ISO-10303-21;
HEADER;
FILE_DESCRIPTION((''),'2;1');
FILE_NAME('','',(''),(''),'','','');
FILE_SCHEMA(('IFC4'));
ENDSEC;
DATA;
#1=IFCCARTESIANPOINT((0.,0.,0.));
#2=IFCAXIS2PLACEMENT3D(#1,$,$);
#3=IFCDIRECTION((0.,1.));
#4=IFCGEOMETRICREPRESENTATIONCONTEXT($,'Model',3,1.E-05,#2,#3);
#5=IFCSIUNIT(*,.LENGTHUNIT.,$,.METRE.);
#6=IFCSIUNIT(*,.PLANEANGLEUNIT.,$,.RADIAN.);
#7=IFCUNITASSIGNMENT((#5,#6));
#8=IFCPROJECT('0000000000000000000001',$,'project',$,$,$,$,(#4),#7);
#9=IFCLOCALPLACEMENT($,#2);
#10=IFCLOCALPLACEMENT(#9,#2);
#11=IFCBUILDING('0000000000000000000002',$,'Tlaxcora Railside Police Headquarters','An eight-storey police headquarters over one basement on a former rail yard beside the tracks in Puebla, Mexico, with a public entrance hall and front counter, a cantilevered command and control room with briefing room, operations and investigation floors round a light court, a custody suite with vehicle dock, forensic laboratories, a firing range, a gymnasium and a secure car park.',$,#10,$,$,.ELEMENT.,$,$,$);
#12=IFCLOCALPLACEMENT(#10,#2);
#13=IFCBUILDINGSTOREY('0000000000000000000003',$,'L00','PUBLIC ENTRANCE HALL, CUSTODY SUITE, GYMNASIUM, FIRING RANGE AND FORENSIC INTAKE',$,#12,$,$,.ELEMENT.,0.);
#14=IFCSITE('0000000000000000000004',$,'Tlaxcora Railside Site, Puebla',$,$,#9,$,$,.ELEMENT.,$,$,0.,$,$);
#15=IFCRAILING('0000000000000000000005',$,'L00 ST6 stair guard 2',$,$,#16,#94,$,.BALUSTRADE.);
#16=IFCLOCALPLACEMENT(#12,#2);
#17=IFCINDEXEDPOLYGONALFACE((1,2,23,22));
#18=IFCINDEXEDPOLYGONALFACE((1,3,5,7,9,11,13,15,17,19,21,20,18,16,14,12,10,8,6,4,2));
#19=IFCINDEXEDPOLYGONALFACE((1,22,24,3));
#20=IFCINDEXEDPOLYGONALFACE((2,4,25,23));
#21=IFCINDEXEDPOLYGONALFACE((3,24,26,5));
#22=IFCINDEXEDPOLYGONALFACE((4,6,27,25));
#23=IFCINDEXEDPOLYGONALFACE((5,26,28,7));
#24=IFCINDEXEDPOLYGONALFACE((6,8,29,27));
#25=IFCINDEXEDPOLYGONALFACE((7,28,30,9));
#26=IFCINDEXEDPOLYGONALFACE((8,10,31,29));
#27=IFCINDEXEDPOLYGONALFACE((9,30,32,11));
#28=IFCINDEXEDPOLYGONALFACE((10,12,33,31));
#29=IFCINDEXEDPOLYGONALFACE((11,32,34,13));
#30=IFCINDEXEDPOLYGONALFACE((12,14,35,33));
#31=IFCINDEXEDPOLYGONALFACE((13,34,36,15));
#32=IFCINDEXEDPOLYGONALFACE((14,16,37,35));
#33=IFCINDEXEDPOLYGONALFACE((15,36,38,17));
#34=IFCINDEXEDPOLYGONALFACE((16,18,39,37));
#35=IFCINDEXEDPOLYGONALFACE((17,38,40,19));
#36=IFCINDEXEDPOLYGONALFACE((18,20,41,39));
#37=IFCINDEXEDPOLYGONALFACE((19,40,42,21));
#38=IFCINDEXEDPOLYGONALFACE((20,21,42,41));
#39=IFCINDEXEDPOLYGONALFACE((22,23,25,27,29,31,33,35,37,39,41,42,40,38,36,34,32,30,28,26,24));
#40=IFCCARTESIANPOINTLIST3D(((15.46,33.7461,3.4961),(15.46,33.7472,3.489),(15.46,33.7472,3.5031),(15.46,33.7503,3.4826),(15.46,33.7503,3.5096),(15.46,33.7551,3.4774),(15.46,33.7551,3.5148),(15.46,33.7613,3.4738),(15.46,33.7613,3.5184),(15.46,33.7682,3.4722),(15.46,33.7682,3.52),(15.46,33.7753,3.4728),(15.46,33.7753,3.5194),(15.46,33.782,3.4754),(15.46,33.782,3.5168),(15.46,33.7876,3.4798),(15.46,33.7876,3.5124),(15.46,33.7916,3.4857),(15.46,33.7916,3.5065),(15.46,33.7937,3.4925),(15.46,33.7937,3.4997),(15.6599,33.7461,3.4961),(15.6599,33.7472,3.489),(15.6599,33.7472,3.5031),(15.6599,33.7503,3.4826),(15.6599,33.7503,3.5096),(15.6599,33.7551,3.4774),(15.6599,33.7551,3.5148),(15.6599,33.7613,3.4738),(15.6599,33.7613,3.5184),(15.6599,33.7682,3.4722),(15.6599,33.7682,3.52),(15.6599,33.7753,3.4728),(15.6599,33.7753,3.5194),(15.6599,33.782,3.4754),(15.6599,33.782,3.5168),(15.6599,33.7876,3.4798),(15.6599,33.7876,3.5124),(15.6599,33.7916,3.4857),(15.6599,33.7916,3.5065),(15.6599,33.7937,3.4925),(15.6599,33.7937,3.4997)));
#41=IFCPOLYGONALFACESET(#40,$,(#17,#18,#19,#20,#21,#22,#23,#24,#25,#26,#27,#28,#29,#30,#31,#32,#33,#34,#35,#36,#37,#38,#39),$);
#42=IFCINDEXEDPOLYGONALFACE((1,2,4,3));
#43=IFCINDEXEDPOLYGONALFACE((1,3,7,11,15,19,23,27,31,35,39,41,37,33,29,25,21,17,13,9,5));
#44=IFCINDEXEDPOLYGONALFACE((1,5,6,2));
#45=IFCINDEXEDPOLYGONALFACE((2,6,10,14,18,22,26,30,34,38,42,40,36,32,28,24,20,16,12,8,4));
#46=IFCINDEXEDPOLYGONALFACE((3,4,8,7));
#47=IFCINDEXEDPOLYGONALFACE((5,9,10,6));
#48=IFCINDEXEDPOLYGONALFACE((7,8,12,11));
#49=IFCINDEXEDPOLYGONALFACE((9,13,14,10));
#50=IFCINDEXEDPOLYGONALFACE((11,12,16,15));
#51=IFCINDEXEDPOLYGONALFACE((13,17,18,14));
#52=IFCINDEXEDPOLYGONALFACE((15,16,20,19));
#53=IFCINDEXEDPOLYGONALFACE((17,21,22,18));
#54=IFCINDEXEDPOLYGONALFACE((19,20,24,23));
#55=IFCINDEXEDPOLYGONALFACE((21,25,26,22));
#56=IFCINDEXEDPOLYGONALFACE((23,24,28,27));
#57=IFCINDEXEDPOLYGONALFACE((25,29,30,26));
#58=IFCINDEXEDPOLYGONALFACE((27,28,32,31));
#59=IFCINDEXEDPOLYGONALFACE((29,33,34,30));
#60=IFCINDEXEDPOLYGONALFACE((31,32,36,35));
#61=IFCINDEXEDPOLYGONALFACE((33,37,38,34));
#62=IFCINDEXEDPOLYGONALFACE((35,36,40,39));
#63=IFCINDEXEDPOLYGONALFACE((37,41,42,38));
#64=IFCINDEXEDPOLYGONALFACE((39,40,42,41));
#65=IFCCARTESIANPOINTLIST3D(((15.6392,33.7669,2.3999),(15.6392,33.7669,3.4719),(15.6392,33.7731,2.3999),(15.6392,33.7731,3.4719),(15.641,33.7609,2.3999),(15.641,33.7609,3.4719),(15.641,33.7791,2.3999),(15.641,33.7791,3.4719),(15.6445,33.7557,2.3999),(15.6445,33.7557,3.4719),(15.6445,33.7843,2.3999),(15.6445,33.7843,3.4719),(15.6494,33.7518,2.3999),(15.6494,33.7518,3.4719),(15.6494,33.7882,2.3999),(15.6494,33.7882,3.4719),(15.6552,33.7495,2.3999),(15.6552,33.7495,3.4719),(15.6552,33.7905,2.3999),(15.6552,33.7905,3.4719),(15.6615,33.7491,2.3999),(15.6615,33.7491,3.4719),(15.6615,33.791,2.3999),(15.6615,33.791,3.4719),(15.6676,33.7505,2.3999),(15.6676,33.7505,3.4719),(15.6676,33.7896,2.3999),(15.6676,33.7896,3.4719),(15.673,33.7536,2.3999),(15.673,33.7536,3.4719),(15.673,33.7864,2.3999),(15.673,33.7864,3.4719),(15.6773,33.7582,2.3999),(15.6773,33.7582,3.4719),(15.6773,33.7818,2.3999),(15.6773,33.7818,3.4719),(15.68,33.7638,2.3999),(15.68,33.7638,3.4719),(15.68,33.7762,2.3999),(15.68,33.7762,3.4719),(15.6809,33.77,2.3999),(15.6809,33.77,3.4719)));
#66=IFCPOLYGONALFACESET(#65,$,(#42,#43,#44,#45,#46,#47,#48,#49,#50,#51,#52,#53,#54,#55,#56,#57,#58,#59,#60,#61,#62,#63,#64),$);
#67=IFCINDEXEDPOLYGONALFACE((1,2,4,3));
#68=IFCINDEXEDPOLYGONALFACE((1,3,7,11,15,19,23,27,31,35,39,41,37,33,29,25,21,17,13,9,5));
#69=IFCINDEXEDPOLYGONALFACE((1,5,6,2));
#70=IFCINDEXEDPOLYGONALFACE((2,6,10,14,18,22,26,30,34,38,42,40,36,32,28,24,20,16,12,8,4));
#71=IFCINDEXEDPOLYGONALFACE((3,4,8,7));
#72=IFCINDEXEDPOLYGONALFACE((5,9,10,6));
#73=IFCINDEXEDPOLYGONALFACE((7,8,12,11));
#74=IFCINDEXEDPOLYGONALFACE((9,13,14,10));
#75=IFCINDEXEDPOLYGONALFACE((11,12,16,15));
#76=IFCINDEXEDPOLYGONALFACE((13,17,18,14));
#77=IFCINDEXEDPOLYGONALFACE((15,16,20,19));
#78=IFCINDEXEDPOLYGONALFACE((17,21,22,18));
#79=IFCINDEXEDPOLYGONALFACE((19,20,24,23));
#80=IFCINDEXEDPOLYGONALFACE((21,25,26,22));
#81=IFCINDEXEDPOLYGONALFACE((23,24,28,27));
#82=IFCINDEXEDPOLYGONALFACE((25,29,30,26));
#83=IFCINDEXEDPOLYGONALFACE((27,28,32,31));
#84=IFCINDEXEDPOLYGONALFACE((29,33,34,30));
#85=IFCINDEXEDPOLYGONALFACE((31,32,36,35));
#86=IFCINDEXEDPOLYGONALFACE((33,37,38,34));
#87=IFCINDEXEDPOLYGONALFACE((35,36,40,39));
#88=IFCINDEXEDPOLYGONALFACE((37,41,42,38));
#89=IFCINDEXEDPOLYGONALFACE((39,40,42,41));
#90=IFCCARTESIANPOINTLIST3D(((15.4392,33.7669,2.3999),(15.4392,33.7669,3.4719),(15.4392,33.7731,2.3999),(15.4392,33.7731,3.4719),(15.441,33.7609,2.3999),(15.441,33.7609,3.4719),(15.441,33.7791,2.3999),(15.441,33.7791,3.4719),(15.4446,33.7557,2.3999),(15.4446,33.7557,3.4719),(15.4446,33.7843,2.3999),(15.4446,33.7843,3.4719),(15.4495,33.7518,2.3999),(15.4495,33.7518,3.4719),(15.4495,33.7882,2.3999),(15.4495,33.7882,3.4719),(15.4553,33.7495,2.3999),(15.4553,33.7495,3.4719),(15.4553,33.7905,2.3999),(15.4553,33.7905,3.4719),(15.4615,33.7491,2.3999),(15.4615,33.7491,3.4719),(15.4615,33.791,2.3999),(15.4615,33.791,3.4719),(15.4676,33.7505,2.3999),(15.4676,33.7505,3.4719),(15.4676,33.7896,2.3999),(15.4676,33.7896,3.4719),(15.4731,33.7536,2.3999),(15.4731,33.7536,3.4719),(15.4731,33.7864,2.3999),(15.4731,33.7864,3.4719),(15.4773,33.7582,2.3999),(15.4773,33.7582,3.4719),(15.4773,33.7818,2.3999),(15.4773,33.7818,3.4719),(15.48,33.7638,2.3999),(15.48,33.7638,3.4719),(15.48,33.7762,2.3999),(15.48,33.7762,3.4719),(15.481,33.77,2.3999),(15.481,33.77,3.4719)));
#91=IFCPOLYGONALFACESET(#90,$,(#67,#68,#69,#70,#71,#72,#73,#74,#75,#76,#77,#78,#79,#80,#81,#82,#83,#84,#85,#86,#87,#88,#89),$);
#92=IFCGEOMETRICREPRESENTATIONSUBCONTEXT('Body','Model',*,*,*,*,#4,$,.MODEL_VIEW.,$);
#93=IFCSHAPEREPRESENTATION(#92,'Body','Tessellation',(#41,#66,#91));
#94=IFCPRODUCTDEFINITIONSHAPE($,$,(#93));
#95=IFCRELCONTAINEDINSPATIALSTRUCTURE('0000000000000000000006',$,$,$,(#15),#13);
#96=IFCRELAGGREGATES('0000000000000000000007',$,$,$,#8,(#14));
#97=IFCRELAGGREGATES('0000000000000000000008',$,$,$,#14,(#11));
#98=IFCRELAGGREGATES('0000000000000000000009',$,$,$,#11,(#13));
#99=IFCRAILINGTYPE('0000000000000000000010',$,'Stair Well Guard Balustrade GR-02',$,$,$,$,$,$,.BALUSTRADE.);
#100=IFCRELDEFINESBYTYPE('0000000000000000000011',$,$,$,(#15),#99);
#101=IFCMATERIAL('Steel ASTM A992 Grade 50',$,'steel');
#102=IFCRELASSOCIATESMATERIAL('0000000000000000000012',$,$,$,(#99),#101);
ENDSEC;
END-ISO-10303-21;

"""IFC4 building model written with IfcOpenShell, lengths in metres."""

from ifc_helpers import new_model, si_unit, direction, frame, origin, origin_2d, place, context, subcontext, project, spatial, circle, extrude, material, type_object, element, save


model = new_model("IFC4")

# Units and contexts
model_context = context("Model", 3, precision=1e-05, world=origin(), true_north=direction((0.0, 1.0)))
body_context = subcontext(model_context, "Body", "Model", "MODEL_VIEW")
ifc_project = project(units=[si_unit("LENGTHUNIT", "METRE"), si_unit("PLANEANGLEUNIT", "RADIAN")], contexts=[model_context])

# Site, building, storey
site_placement = place(None, origin())
site = spatial("IfcSite", under=ifc_project, at=site_placement, Name="Tlaxcora Railside Site, Puebla", CompositionType="ELEMENT", RefElevation=0.0)
building_placement = place(site_placement, origin())
building = spatial("IfcBuilding", under=site, at=building_placement, Name="Tlaxcora Railside Police Headquarters", Description="An eight-storey police headquarters over one basement on a former rail yard beside the tracks in Puebla, Mexico, with a public entrance hall and front counter, a cantilevered command and control room with briefing room, operations and investigation floors round a light court, a custody suite with vehicle dock, forensic laboratories, a firing range, a gymnasium and a secure car park.", CompositionType="ELEMENT")
storey_placement = place(building_placement, origin())
storey = spatial("IfcBuildingStorey", under=building, at=storey_placement, Name="L00", Description="PUBLIC ENTRANCE HALL, CUSTODY SUITE, GYMNASIUM, FIRING RANGE AND FORENSIC INTAKE", CompositionType="ELEMENT", Elevation=0.0)

# Shared definitions
ifc_material_1 = material(Name="Steel ASTM A992 Grade 50", Category="steel")

# Railing
railing_type_1 = type_object("IfcRailingType", Name="Stair Well Guard Balustrade GR-02", PredefinedType="BALUSTRADE", material=ifc_material_1)
railing_1_placement = place(storey_placement, frame((15.6599, 33.77, 2.3999)))
element("IfcRailing", 1, at=railing_1_placement, inside=storey, type_object=railing_type_1, Name="L00 ST6 stair guard 2", PredefinedType="BALUSTRADE", context=body_context, shape_type="SweptSolid", body=[
    extrude(circle(Radius=0.0239, at=origin_2d()), frame((0.0, 0.0, 1.0962), z_axis=(-1.0, 0.0, 0.0), x_axis=(0.0, -1.0, 0.0)), (0.0, 0.0, 1.0), 0.2),
    extrude(circle(Radius=0.021, at=origin_2d()), origin(), (0.0, 0.0, 1.0), 1.072),
    extrude(circle(Radius=0.021, at=origin_2d()), frame((-0.2, 0.0, 0.0)), (0.0, 0.0, 1.0), 1.072),
])

save(model, "model.ifc")
